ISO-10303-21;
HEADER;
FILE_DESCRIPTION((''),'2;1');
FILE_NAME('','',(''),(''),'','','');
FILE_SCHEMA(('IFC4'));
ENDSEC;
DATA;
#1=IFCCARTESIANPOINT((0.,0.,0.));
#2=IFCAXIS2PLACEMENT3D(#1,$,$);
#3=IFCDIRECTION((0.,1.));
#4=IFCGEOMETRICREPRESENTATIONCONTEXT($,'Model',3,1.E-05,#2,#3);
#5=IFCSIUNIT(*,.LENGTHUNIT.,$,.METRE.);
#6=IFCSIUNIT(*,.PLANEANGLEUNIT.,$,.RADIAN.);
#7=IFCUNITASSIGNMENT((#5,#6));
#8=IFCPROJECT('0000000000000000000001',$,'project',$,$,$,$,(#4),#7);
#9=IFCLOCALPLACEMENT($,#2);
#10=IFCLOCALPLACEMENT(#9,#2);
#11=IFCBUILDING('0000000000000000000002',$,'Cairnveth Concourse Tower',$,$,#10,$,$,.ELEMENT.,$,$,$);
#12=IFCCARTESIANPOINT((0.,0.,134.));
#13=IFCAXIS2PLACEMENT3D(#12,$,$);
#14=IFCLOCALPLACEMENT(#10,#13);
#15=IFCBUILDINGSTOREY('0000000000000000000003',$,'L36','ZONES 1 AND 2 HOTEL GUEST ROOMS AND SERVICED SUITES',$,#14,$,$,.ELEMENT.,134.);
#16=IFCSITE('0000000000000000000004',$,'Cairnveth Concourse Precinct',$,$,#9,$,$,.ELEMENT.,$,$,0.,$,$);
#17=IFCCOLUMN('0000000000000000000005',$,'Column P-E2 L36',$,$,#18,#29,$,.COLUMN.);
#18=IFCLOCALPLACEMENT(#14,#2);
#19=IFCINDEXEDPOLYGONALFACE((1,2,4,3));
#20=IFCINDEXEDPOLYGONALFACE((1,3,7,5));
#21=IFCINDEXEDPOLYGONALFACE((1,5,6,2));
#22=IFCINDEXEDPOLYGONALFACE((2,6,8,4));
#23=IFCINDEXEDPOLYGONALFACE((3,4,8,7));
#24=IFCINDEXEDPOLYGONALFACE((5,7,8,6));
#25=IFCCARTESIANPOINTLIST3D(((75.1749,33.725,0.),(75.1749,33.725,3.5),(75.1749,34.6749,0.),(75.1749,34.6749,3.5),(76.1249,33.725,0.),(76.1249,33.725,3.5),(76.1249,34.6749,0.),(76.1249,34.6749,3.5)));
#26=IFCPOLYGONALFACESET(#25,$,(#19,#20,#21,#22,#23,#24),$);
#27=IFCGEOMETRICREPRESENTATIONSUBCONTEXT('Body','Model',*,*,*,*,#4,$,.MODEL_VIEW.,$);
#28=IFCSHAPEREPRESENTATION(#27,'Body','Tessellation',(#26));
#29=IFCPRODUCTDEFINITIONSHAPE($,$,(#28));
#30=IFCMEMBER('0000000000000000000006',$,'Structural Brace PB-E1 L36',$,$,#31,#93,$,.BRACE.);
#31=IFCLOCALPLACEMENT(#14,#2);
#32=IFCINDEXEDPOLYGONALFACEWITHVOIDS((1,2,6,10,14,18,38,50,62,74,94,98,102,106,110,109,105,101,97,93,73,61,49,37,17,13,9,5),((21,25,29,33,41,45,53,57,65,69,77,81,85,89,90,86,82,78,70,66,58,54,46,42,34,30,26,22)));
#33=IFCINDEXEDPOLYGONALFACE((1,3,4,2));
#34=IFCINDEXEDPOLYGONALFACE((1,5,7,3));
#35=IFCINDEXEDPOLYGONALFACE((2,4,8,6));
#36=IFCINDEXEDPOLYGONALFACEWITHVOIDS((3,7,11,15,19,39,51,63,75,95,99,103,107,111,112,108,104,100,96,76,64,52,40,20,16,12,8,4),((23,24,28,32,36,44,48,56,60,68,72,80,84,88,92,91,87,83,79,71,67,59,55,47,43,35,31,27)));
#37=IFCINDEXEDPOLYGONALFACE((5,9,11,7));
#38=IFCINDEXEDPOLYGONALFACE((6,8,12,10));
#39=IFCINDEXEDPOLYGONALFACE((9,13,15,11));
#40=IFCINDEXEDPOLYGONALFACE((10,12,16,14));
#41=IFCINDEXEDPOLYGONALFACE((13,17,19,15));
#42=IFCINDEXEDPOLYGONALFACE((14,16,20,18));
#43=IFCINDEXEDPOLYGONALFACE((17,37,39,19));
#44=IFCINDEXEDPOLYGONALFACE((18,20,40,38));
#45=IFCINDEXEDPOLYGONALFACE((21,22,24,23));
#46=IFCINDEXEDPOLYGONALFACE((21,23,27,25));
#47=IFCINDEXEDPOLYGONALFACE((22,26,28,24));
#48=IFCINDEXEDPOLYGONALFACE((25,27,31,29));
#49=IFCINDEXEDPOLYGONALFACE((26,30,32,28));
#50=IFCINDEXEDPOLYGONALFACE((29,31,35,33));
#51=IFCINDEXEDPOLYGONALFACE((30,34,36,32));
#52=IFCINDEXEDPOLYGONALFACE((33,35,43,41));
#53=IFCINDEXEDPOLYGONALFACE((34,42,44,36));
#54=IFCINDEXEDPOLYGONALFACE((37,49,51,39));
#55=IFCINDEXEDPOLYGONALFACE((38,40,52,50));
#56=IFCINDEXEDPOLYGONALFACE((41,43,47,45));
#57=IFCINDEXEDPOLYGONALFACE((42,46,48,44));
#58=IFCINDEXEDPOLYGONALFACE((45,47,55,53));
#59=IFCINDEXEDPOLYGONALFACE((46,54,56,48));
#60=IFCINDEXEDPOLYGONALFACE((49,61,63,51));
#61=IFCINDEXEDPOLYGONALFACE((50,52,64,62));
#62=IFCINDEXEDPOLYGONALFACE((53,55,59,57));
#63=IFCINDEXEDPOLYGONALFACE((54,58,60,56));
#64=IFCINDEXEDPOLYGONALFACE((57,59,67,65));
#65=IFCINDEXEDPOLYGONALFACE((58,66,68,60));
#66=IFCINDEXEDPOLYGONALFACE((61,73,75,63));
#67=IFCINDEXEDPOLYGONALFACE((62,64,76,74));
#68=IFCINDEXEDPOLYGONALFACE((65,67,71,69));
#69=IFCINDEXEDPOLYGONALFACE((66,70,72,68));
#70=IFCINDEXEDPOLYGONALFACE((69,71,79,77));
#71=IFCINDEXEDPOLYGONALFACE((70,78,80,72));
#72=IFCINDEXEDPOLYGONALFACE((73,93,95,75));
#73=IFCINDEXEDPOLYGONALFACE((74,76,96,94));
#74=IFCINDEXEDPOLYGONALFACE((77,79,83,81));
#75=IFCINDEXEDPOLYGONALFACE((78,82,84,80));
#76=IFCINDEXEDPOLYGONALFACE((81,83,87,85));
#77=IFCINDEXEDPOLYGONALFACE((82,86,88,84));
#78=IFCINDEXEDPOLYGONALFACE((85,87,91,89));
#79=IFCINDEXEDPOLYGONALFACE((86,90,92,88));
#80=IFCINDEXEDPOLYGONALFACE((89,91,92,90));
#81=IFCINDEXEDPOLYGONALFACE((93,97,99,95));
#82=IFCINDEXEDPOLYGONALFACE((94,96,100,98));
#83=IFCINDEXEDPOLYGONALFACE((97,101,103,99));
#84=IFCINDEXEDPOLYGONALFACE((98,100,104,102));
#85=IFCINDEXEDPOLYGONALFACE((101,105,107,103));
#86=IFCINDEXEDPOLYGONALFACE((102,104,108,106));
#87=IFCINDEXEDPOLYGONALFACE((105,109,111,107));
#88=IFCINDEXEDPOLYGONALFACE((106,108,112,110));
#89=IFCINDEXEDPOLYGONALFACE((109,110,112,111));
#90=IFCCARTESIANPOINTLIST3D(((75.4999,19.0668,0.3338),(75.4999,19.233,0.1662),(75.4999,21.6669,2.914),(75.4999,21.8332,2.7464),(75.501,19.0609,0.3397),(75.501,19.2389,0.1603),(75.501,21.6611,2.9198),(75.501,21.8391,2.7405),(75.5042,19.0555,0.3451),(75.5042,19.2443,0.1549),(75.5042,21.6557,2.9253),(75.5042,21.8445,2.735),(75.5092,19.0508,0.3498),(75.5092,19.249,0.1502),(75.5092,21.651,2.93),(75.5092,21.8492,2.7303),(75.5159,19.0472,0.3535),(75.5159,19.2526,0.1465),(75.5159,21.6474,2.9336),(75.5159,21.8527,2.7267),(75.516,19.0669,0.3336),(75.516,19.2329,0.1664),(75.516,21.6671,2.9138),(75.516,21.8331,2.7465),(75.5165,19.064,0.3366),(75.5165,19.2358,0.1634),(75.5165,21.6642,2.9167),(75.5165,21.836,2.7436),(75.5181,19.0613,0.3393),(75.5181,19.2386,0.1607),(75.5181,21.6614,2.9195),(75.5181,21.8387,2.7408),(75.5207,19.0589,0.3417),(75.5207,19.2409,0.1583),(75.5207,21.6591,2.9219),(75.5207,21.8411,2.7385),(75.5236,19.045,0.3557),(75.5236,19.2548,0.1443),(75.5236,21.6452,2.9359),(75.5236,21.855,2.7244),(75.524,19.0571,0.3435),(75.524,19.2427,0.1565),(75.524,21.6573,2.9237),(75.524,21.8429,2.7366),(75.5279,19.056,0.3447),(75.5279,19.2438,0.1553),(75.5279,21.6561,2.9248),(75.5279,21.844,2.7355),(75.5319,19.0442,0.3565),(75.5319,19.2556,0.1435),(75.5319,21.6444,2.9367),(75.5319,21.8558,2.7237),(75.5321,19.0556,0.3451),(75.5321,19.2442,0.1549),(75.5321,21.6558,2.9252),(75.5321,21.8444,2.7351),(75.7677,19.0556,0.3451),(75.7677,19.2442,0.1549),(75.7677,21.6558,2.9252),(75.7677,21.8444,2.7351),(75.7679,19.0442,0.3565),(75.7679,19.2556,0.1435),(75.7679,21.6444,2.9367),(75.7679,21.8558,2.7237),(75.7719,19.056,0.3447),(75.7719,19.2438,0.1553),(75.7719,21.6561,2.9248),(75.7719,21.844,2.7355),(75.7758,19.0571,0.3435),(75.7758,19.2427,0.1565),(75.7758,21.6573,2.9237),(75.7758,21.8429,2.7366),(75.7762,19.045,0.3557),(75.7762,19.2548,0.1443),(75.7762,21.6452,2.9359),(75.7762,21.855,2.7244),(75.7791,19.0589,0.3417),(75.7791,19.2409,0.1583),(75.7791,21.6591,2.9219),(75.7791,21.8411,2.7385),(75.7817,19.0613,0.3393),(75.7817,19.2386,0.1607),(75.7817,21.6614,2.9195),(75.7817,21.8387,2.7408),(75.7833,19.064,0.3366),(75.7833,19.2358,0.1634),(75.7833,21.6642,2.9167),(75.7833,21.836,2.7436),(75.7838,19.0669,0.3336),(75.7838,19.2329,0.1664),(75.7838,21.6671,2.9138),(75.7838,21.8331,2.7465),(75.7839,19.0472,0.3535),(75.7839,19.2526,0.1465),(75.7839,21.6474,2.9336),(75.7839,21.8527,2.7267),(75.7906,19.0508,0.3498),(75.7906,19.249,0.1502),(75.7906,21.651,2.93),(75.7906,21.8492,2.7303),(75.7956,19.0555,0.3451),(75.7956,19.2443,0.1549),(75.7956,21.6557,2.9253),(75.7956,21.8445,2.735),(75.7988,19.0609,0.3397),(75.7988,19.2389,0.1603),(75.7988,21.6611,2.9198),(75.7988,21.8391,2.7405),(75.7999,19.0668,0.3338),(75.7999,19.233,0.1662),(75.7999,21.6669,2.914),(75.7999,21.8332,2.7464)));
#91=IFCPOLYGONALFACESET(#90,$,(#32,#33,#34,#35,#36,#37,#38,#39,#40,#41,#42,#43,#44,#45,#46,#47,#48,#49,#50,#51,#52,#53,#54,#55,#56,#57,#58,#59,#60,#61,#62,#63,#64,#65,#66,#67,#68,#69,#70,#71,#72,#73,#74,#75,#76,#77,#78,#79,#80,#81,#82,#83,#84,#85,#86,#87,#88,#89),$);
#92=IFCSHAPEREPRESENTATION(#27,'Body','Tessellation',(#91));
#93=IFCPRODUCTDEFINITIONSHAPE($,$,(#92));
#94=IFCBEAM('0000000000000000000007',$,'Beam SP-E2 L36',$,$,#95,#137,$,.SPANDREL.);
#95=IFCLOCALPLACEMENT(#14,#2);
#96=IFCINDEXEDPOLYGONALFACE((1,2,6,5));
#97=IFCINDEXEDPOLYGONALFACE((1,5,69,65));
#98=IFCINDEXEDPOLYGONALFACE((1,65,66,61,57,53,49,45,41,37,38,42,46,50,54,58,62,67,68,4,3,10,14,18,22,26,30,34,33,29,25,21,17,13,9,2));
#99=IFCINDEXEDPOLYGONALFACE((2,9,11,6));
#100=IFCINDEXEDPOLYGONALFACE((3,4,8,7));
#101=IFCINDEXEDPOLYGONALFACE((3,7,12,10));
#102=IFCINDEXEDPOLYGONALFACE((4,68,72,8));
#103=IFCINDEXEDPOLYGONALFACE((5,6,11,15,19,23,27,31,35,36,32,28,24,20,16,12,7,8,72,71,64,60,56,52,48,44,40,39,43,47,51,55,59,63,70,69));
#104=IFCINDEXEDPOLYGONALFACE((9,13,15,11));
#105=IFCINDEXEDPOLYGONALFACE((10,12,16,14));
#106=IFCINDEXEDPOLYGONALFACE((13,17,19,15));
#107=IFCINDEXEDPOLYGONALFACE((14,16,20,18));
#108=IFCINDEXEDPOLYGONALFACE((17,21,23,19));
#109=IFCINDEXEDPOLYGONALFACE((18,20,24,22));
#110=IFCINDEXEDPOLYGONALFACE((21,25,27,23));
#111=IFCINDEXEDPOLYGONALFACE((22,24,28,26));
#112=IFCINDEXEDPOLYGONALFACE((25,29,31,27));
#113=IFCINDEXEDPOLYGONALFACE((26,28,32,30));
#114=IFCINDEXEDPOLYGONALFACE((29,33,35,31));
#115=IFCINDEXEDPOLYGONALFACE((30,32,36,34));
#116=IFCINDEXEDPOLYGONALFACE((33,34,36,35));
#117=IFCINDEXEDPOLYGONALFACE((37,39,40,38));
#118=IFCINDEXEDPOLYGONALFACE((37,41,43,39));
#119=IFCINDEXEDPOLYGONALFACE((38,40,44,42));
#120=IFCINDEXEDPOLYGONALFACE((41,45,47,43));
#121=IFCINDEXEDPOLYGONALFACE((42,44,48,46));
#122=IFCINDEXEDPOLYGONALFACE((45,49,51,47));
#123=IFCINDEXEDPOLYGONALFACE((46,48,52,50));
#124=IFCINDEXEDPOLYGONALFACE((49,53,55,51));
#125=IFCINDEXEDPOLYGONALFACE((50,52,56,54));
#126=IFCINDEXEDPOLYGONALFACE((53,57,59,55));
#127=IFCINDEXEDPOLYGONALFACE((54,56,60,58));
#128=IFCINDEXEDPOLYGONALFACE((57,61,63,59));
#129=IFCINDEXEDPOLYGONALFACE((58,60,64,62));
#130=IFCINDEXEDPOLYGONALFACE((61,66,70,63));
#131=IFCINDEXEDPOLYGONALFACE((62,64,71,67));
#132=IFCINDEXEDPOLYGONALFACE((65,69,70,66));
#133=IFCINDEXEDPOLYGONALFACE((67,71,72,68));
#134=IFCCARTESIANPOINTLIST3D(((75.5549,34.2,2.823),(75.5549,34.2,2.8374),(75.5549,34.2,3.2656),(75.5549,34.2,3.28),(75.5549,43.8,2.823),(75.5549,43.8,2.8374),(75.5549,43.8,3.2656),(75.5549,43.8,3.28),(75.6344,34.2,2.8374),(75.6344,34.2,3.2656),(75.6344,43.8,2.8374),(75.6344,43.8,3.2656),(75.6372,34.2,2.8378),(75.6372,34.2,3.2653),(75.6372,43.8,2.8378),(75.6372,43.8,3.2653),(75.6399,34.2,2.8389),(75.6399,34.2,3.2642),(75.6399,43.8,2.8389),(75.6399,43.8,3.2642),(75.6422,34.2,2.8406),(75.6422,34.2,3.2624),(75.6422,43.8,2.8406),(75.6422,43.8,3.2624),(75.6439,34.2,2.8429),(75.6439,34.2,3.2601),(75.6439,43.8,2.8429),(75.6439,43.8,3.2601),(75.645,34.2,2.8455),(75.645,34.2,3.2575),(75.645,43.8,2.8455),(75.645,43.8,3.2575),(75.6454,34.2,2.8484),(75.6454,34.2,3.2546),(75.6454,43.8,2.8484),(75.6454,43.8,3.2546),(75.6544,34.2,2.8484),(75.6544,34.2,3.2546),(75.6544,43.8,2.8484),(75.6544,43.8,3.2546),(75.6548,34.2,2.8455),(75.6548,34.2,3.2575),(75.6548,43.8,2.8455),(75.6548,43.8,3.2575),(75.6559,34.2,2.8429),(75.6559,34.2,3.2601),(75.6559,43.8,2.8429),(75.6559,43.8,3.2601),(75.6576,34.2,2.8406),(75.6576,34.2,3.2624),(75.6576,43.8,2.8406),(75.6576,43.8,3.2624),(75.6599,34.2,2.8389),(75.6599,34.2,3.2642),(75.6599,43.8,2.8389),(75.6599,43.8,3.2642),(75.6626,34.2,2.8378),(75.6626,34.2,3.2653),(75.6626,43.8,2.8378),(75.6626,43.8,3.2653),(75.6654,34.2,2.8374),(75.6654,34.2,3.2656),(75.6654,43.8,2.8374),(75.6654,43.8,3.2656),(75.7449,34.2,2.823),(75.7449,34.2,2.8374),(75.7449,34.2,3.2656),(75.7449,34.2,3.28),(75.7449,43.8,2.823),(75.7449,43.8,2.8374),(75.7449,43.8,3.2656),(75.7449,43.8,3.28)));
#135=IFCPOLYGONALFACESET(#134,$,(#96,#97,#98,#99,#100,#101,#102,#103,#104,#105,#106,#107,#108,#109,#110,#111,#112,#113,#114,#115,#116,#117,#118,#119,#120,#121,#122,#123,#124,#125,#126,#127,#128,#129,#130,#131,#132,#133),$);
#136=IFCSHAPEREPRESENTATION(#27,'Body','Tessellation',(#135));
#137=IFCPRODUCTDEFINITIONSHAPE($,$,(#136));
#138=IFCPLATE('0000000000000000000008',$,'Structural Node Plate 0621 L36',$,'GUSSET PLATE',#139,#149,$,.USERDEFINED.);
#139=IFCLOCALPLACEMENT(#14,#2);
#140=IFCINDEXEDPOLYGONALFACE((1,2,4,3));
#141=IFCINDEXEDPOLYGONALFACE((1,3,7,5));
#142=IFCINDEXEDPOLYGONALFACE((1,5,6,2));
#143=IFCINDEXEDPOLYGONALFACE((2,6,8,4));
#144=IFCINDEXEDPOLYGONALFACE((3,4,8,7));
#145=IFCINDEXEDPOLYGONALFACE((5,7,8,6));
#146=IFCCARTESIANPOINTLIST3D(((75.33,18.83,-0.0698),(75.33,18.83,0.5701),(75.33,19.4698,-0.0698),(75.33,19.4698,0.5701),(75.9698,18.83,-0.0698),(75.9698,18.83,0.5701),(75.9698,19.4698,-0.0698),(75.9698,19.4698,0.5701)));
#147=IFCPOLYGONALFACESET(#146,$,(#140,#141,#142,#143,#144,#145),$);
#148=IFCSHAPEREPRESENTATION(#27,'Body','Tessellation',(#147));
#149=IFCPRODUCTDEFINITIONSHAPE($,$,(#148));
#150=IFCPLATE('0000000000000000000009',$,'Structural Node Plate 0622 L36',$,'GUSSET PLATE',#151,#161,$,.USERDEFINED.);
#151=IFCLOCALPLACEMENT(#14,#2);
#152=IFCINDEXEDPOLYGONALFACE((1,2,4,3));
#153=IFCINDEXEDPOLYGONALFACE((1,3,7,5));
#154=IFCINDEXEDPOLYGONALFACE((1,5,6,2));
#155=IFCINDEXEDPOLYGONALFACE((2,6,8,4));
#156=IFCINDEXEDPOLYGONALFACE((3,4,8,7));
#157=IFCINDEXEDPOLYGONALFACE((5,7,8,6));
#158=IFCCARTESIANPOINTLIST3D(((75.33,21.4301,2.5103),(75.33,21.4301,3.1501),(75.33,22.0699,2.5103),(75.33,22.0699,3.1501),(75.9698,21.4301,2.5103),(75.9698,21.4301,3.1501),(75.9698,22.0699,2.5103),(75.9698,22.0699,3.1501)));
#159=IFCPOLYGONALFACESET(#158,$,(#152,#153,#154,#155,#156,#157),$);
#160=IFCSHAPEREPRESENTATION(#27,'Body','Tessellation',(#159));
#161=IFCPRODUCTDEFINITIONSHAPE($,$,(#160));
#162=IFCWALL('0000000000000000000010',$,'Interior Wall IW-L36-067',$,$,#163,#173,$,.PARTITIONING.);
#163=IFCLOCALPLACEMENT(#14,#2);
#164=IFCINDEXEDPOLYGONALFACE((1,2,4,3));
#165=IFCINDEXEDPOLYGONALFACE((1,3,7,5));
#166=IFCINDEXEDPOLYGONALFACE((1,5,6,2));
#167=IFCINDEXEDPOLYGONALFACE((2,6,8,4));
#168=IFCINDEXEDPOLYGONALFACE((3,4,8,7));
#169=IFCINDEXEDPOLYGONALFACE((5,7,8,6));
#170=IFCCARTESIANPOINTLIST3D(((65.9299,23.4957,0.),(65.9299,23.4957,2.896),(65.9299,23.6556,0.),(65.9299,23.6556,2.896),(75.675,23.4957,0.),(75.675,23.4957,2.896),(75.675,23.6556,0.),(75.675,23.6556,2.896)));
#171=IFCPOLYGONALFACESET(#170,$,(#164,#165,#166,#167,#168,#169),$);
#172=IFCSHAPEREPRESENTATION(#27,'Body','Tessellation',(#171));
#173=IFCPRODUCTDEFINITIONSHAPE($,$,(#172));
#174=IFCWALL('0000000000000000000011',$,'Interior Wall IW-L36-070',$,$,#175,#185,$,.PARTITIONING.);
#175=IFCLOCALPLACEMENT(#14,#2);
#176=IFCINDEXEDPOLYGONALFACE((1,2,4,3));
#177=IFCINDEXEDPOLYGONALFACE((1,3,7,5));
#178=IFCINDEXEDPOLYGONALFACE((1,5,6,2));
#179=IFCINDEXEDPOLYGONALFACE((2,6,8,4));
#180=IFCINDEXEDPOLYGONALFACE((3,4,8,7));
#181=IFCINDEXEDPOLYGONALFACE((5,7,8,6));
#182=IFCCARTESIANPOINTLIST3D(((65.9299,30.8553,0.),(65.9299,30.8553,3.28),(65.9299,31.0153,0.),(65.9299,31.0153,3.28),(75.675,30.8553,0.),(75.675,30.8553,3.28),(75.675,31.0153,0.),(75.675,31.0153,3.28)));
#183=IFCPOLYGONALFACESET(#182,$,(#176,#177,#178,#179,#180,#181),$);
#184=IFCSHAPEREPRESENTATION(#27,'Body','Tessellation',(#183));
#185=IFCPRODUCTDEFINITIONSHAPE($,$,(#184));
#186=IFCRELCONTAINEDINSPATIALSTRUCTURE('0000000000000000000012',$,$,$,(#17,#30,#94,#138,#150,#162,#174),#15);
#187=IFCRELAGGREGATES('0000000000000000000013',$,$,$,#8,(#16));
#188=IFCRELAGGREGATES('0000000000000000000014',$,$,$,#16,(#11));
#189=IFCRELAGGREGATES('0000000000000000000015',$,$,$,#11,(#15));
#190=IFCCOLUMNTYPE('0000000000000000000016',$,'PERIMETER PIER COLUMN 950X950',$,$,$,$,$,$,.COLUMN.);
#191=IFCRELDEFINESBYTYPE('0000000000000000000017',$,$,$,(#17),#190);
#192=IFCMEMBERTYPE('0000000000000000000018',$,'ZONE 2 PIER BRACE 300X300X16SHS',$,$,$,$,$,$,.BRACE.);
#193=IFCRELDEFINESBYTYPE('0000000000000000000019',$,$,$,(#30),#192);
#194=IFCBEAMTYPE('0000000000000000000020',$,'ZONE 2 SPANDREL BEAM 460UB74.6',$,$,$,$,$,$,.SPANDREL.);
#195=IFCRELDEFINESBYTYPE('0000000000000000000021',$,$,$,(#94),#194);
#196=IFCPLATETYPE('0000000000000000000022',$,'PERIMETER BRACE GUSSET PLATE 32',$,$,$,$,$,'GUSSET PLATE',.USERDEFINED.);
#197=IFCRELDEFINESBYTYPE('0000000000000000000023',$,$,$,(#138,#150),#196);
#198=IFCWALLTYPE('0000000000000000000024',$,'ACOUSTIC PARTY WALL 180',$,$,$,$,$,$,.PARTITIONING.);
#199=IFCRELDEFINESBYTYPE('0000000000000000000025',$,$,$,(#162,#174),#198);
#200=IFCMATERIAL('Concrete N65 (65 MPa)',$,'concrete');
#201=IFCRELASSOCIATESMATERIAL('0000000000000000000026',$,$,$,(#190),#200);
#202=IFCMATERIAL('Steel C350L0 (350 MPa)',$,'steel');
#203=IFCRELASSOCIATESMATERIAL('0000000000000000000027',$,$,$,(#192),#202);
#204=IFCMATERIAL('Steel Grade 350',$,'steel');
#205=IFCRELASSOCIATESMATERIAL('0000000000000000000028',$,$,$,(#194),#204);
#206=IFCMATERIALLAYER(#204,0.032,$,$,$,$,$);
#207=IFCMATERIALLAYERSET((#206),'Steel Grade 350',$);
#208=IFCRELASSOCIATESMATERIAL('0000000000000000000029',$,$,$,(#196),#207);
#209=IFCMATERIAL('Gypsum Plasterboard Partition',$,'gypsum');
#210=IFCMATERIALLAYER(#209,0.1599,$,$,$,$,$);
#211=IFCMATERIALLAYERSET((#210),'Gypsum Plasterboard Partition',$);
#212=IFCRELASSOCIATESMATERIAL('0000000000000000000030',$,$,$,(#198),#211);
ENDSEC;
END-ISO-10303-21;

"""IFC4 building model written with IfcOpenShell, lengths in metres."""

from ifc_helpers import new_model, si_unit, direction, frame, frame_2d, origin, origin_2d, place, context, subcontext, project, spatial, rectangle, hollow_rectangle, i_section, extrude, material, layer, layer_set, material_profile, profile_set, type_object, element, save


model = new_model("IFC4")

# Units and contexts
model_context = context("Model", 3, precision=1e-05, world=origin(), true_north=direction((0.0, 1.0)))
body_context = subcontext(model_context, "Body", "Model", "MODEL_VIEW")
ifc_project = project(units=[si_unit("LENGTHUNIT", "METRE"), si_unit("PLANEANGLEUNIT", "RADIAN")], contexts=[model_context])

# Site, building, storey
site_placement = place(None, origin())
site = spatial("IfcSite", under=ifc_project, at=site_placement, Name="Cairnveth Concourse Precinct", CompositionType="ELEMENT", RefElevation=0.0)
building_placement = place(site_placement, origin())
building = spatial("IfcBuilding", under=site, at=building_placement, Name="Cairnveth Concourse Tower", CompositionType="ELEMENT")
storey_placement = place(building_placement, frame((0.0, 0.0, 134.0)))
storey = spatial("IfcBuildingStorey", under=building, at=storey_placement, Name="L36", Description="ZONES 1 AND 2 HOTEL GUEST ROOMS AND SERVICED SUITES", CompositionType="ELEMENT", Elevation=134.0)

# Column
ifc_material_1 = material(Name="Concrete N65 (65 MPa)", Category="concrete")
ifc_material_profile_1 = material_profile(ifc_material_1, rectangle(XDim=0.95, YDim=0.95, at=origin_2d()), Name="RC-COL-950x950")
ifc_profile_set_1 = profile_set([ifc_material_profile_1], Name="Concrete N65 (65 MPa)")
column_type = type_object("IfcColumnType", Name="PERIMETER PIER COLUMN 950X950", PredefinedType="COLUMN", material=ifc_profile_set_1)
column_placement = place(storey_placement, frame((75.6499, 34.2, 0.0), z_axis=(0.0, 0.0, 1.0), x_axis=(0.0, 1.0, 0.0)))
element("IfcColumn", 1, at=column_placement, inside=storey, type_object=column_type, Name="Column P-E2 L36", PredefinedType="COLUMN", context=body_context, shape_type="SweptSolid", body=[
    extrude(rectangle(XDim=0.95, YDim=0.95, at=origin_2d()), origin(), (0.0, 0.0, 1.0), 3.5),
])

# Member
ifc_material_2 = material(Name="Steel C350L0 (350 MPa)", Category="steel")
ifc_material_profile_2 = material_profile(ifc_material_2, hollow_rectangle(XDim=0.3, YDim=0.3, WallThickness=0.0161, InnerFilletRadius=0.0161, OuterFilletRadius=0.032, at=origin_2d()), Name="300x300x16.0SHS")
ifc_profile_set_2 = profile_set([ifc_material_profile_2], Name="Steel C350L0 (350 MPa)")
member_type = type_object("IfcMemberType", Name="ZONE 2 PIER BRACE 300X300X16SHS", PredefinedType="BRACE", material=ifc_profile_set_2)
member_placement = place(storey_placement, frame((75.6499, 19.1499, 0.25), z_axis=(0.0, 0.709834, 0.704369), x_axis=(-1.0, 0.0, 0.0)))
element("IfcMember", 2, at=member_placement, inside=storey, type_object=member_type, Name="Structural Brace PB-E1 L36", PredefinedType="BRACE", context=body_context, shape_type="SweptSolid", body=[
    extrude(hollow_rectangle(XDim=0.3, YDim=0.3, WallThickness=0.0161, InnerFilletRadius=0.0161, OuterFilletRadius=0.032, at=origin_2d()), origin(), (0.0, 0.0, 1.0), 3.6631),
])

# Beam
ifc_material_3 = material(Name="Steel Grade 350", Category="steel")
ifc_material_profile_3 = material_profile(ifc_material_3, i_section(OverallWidth=0.1899, OverallDepth=0.457, WebThickness=0.009, FlangeThickness=0.0144, FilletRadius=0.011, at=origin_2d()), Name="460UB74.6")
ifc_profile_set_3 = profile_set([ifc_material_profile_3], Name="Steel Grade 350")
beam_type = type_object("IfcBeamType", Name="ZONE 2 SPANDREL BEAM 460UB74.6", PredefinedType="SPANDREL", material=ifc_profile_set_3)
beam_placement = place(storey_placement, frame((75.6499, 34.2, 3.0515), z_axis=(0.0, 1.0, 0.0), x_axis=(-1.0, 0.0, 0.0)))
element("IfcBeam", 3, at=beam_placement, inside=storey, type_object=beam_type, Name="Beam SP-E2 L36", PredefinedType="SPANDREL", context=body_context, shape_type="SweptSolid", body=[
    extrude(i_section(OverallWidth=0.1899, OverallDepth=0.457, WebThickness=0.009, FlangeThickness=0.0144, FilletRadius=0.011, at=origin_2d()), origin(), (0.0, 0.0, 1.0), 9.6001),
])

# Plates
ifc_layer_1 = layer(ifc_material_3, 0.032)
ifc_layer_set_1 = layer_set([ifc_layer_1], Name="Steel Grade 350")
plate_type = type_object("IfcPlateType", Name="PERIMETER BRACE GUSSET PLATE 32", ElementType="GUSSET PLATE", PredefinedType="USERDEFINED", material=ifc_layer_set_1)
for number, where, z_axis, x_axis, name in (
    (4, (75.6499, 19.1499, -0.0698), (0.0, 0.0, 1.0), (1.0, 0.0, 0.0), "Structural Node Plate 0621 L36"),
    (5, (75.6499, 21.75, 2.5103), (0.0, 0.0, 1.0), (1.0, 0.0, 0.0), "Structural Node Plate 0622 L36"),
):
    element("IfcPlate", number, at=place(storey_placement, frame(where, z_axis=z_axis, x_axis=x_axis)), inside=storey, type_object=plate_type, Name=name, ObjectType="GUSSET PLATE", PredefinedType="USERDEFINED", context=body_context, shape_type="SweptSolid", body=[
        extrude(rectangle(XDim=0.6399, YDim=0.6399, at=origin_2d()), origin(), (0.0, 0.0, 1.0), 0.6399),
    ])

# Walls
ifc_material_4 = material(Name="Gypsum Plasterboard Partition", Category="gypsum")
ifc_layer_2 = layer(ifc_material_4, 0.1599)
ifc_layer_set_2 = layer_set([ifc_layer_2], Name="Gypsum Plasterboard Partition")
wall_type_1 = type_object("IfcWallType", Name="ACOUSTIC PARTY WALL 180", PredefinedType="PARTITIONING", material=ifc_layer_set_2)
wall_1_placement = place(storey_placement, frame((65.9299, 23.5757, 0.0), z_axis=(0.0, 0.0, 1.0), x_axis=(1.0, 0.0, 0.0)))
element("IfcWall", 6, at=wall_1_placement, inside=storey, type_object=wall_type_1, Name="Interior Wall IW-L36-067", PredefinedType="PARTITIONING", context=body_context, shape_type="SweptSolid", body=[
    extrude(rectangle(XDim=9.7451, YDim=0.1599, at=frame_2d((4.8726, 0.0))), origin(), (0.0, 0.0, 1.0), 2.896),
])
wall_2_placement = place(storey_placement, frame((65.9299, 30.9353, 0.0), z_axis=(0.0, 0.0, 1.0), x_axis=(1.0, 0.0, 0.0)))
element("IfcWall", 7, at=wall_2_placement, inside=storey, type_object=wall_type_1, Name="Interior Wall IW-L36-070", PredefinedType="PARTITIONING", context=body_context, shape_type="SweptSolid", body=[
    extrude(rectangle(XDim=9.7451, YDim=0.1599, at=frame_2d((4.8726, 0.0))), origin(), (0.0, 0.0, 1.0), 3.28),
])

save(model, "model.ifc")
